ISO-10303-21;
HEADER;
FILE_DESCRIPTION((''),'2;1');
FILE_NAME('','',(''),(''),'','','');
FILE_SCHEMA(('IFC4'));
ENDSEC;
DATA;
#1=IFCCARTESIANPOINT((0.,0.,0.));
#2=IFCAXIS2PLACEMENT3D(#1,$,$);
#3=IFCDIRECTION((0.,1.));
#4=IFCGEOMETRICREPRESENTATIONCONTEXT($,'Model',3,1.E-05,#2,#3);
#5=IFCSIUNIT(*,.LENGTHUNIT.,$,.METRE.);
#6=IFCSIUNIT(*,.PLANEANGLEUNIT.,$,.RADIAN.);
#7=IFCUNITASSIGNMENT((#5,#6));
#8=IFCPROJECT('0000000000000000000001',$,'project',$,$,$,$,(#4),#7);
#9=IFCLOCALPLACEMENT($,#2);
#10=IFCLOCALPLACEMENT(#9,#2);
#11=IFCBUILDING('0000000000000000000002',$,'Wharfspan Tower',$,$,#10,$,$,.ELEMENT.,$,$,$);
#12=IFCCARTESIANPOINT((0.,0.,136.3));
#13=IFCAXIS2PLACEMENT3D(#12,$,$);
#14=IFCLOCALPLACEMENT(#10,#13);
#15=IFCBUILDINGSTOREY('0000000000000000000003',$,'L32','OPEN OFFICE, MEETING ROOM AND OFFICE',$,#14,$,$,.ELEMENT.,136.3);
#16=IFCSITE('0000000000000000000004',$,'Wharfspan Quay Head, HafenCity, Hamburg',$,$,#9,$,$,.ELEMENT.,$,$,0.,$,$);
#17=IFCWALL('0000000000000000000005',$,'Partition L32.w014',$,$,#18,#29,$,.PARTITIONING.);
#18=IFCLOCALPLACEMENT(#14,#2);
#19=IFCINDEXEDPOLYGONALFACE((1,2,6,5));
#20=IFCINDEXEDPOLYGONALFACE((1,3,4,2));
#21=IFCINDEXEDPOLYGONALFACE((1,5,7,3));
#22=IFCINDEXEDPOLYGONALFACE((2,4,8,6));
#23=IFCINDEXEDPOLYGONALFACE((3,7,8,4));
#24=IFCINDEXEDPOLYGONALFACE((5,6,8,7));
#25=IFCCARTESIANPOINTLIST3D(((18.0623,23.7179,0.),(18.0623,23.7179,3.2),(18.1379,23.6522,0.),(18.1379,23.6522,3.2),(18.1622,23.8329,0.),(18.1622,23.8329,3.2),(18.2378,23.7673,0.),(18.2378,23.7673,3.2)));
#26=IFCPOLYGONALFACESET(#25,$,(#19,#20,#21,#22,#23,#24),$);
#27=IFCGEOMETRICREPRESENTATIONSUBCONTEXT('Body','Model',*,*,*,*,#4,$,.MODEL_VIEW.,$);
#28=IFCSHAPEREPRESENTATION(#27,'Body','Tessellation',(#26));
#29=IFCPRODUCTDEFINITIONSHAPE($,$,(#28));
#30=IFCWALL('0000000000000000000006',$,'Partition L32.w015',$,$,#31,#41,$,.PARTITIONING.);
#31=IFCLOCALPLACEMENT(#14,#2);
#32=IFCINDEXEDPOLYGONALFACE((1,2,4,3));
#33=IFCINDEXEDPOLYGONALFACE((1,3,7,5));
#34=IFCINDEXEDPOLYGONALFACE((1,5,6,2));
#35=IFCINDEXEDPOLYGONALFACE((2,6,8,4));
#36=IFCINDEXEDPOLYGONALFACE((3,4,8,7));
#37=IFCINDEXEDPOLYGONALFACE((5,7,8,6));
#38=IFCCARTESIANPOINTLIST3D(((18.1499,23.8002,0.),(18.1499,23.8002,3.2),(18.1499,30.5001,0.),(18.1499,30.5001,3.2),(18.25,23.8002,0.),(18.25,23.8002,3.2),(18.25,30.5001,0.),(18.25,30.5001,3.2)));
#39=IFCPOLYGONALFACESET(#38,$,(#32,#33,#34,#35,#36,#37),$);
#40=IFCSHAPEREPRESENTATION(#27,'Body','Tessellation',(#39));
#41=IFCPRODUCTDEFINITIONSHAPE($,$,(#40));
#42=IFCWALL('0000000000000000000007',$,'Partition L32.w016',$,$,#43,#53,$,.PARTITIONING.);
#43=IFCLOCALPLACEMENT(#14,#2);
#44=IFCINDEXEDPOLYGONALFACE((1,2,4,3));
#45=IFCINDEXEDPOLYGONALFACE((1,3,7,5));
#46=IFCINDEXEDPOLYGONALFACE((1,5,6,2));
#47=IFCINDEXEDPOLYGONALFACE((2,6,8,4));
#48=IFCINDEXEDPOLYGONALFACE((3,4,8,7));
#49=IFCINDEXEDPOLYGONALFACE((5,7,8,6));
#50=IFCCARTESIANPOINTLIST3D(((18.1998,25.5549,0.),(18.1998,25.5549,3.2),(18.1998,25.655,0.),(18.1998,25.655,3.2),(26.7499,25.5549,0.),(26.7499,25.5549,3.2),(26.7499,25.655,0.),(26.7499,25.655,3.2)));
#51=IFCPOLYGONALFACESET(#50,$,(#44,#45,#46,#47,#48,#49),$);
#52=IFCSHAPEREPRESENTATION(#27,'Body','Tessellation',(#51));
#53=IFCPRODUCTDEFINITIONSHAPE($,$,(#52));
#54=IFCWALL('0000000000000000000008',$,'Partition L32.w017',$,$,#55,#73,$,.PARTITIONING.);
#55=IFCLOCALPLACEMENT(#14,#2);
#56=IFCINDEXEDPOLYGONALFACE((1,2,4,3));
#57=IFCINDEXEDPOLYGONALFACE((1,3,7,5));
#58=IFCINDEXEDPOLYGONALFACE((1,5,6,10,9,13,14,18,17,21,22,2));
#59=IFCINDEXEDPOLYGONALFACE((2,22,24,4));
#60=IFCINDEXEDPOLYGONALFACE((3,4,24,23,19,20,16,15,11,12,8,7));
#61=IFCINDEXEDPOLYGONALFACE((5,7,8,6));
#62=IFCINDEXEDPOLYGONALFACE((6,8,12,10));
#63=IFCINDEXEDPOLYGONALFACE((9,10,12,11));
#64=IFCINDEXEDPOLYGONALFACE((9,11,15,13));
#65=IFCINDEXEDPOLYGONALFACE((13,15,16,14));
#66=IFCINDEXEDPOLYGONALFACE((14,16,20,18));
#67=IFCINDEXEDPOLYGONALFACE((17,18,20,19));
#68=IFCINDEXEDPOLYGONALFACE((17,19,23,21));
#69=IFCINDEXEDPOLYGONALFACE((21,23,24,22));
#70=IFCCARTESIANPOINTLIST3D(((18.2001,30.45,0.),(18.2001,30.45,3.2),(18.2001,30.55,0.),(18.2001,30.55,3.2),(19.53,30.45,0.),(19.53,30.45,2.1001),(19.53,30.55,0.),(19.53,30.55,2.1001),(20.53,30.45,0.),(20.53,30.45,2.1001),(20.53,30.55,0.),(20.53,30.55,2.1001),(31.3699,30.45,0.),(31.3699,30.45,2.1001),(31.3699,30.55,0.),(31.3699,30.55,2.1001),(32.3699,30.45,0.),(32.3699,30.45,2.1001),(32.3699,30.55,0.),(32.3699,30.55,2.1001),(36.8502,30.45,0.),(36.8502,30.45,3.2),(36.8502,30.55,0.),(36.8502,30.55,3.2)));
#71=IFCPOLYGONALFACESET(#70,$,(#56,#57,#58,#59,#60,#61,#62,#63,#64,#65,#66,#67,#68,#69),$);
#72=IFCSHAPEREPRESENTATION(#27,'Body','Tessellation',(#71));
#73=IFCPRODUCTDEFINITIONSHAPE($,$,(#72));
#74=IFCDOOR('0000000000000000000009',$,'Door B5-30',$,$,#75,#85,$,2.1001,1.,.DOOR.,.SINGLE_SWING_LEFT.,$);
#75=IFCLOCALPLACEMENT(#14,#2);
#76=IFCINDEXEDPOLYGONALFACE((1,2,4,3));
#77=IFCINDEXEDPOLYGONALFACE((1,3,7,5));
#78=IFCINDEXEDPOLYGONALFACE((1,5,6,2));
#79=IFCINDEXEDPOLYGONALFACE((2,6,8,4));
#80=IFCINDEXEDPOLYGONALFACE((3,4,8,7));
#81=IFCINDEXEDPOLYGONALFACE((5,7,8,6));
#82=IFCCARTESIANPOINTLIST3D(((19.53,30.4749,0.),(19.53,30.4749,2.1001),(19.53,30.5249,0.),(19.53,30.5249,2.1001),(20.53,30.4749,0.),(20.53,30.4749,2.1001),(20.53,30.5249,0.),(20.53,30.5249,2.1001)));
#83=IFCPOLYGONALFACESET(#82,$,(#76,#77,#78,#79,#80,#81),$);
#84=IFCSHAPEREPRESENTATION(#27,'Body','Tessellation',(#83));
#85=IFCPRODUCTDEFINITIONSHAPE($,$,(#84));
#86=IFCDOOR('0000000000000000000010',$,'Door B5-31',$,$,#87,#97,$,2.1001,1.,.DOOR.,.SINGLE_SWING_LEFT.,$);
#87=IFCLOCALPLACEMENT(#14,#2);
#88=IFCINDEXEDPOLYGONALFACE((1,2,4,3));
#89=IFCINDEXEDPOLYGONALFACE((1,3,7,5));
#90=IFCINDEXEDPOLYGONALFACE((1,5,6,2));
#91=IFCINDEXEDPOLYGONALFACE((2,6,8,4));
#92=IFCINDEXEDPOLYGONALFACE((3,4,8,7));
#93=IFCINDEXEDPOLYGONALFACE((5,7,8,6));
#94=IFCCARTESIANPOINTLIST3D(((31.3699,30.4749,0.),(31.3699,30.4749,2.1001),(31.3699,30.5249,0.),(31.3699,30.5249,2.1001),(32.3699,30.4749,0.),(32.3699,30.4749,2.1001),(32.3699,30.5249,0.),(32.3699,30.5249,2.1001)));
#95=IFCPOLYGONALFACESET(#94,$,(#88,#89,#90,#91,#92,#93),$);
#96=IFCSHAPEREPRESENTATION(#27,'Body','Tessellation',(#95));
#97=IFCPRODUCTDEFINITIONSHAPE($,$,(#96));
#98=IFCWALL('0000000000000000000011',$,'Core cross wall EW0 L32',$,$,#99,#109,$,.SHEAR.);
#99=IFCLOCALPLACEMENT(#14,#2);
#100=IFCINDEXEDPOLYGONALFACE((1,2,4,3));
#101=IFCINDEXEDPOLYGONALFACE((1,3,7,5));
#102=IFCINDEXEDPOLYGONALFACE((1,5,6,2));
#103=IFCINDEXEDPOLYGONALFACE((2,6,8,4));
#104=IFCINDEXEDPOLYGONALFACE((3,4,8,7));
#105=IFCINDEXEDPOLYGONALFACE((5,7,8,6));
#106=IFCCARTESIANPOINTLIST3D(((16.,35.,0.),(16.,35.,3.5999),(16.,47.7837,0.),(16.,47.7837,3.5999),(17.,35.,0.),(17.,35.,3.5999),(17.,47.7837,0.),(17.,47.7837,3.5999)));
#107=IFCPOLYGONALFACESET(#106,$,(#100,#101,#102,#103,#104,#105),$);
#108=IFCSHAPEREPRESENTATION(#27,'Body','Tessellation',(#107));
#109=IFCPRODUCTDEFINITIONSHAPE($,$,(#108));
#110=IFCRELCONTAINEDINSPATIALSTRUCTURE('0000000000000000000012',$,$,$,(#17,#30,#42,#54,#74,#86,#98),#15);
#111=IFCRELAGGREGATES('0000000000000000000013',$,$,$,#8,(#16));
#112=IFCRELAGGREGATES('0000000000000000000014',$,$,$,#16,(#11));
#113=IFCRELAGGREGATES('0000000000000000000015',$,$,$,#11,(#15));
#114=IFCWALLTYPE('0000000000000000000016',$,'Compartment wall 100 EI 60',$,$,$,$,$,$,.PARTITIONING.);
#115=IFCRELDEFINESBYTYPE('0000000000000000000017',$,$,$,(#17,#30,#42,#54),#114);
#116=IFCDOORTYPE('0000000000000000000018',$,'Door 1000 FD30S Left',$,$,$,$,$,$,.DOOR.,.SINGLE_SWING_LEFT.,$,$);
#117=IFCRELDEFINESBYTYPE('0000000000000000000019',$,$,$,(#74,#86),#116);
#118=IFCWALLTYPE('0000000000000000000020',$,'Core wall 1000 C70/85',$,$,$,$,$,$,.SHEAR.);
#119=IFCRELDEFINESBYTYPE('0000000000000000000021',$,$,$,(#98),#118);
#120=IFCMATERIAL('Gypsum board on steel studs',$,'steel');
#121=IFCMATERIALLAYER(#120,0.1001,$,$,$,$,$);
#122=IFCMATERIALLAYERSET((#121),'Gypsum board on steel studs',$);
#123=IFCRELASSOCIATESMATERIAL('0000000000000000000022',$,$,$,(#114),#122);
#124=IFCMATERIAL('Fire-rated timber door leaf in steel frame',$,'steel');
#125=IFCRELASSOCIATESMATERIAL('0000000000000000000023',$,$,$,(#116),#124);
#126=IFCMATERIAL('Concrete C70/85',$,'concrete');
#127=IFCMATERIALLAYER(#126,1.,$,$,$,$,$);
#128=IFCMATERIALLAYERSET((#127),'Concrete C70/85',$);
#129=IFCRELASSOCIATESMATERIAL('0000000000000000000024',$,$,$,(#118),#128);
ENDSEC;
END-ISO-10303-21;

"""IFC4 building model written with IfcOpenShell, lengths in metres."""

from ifc_helpers import new_model, si_unit, direction, frame, frame_2d, origin, place, context, subcontext, project, spatial, rectangle, extrude, material, layer, layer_set, type_object, element, fill, save


model = new_model("IFC4")

# Units and contexts
model_context = context("Model", 3, precision=1e-05, world=origin(), true_north=direction((0.0, 1.0)))
body_context = subcontext(model_context, "Body", "Model", "MODEL_VIEW")
ifc_project = project(units=[si_unit("LENGTHUNIT", "METRE"), si_unit("PLANEANGLEUNIT", "RADIAN")], contexts=[model_context])

# Site, building, storey
site_placement = place(None, origin())
site = spatial("IfcSite", under=ifc_project, at=site_placement, Name="Wharfspan Quay Head, HafenCity, Hamburg", CompositionType="ELEMENT", RefElevation=0.0)
building_placement = place(site_placement, origin())
building = spatial("IfcBuilding", under=site, at=building_placement, Name="Wharfspan Tower", CompositionType="ELEMENT")
storey_placement = place(building_placement, frame((0.0, 0.0, 136.3)))
storey = spatial("IfcBuildingStorey", under=building, at=storey_placement, Name="L32", Description="OPEN OFFICE, MEETING ROOM AND OFFICE", CompositionType="ELEMENT", Elevation=136.3)

# Walls
ifc_material_1 = material(Name="Gypsum board on steel studs", Category="steel")
ifc_layer_1 = layer(ifc_material_1, 0.1001)
ifc_layer_set_1 = layer_set([ifc_layer_1], Name="Gypsum board on steel studs")
wall_type_1 = type_object("IfcWallType", Name="Compartment wall 100 EI 60", PredefinedType="PARTITIONING", material=ifc_layer_set_1)
wall_1_placement = place(storey_placement, frame((18.1001, 23.6851, 0.0), z_axis=(0.0, 0.0, 1.0), x_axis=(0.65566, 0.755051, 0.0)))
element("IfcWall", 1, at=wall_1_placement, inside=storey, type_object=wall_type_1, Name="Partition L32.w014", PredefinedType="PARTITIONING", context=body_context, shape_type="SweptSolid", body=[
    extrude(rectangle(XDim=0.1523, YDim=0.1001, at=frame_2d((0.0762, 0.0))), origin(), (0.0, 0.0, 1.0), 3.2),
])
wall_2_placement = place(storey_placement, frame((18.2, 23.8, 0.0), z_axis=(0.0, 0.0, 1.0), x_axis=(0.0, 1.0, 0.0)))
element("IfcWall", 2, at=wall_2_placement, inside=storey, type_object=wall_type_1, Name="Partition L32.w015", PredefinedType="PARTITIONING", context=body_context, shape_type="SweptSolid", body=[
    extrude(rectangle(XDim=6.7, YDim=0.1001, at=frame_2d((3.3501, 0.0))), origin(), (0.0, 0.0, 1.0), 3.2),
])
wall_3_placement = place(storey_placement, frame((18.2, 25.605, 0.0), z_axis=(0.0, 0.0, 1.0), x_axis=(1.0, 0.0, 0.0)))
element("IfcWall", 3, at=wall_3_placement, inside=storey, type_object=wall_type_1, Name="Partition L32.w016", PredefinedType="PARTITIONING", context=body_context, shape_type="SweptSolid", body=[
    extrude(rectangle(XDim=8.55, YDim=0.1001, at=frame_2d((4.2749, 0.0))), origin(), (0.0, 0.0, 1.0), 3.2),
])

# Wall, openings, doors
wall_4_placement = place(storey_placement, frame((18.2, 30.5, 0.0), z_axis=(0.0, 0.0, 1.0), x_axis=(1.0, 0.0, 0.0)))
wall_4 = element("IfcWall", 4, at=wall_4_placement, inside=storey, type_object=wall_type_1, Name="Partition L32.w017", PredefinedType="PARTITIONING", context=body_context, shape_type="SweptSolid", body=[
    extrude(rectangle(XDim=18.6501, YDim=0.1001, at=frame_2d((9.3252, 0.0))), origin(), (0.0, 0.0, 1.0), 3.2),
])
opening_1_placement = place(wall_4_placement, frame((1.3301, 0.0, 0.0)))
opening_1 = element("IfcOpeningElement", 5, at=opening_1_placement, cuts=wall_4, PredefinedType="OPENING", context=body_context, shape_type="SweptSolid", body=[
    extrude(rectangle(XDim=1.0, YDim=2.1001, at=frame_2d((0.5, 1.05))), frame((0.0, 0.0601, 0.0), z_axis=(0.0, -1.0, 0.0), x_axis=(1.0, 0.0, 0.0)), (0.0, 0.0, 1.0), 0.1201),
])
opening_2_placement = place(wall_4_placement, frame((13.1699, 0.0, 0.0)))
opening_2 = element("IfcOpeningElement", 6, at=opening_2_placement, cuts=wall_4, PredefinedType="OPENING", context=body_context, shape_type="SweptSolid", body=[
    extrude(rectangle(XDim=1.0, YDim=2.1001, at=frame_2d((0.5, 1.05))), frame((0.0, 0.0601, 0.0), z_axis=(0.0, -1.0, 0.0), x_axis=(1.0, 0.0, 0.0)), (0.0, 0.0, 1.0), 0.1201),
])
ifc_material_2 = material(Name="Fire-rated timber door leaf in steel frame", Category="steel")
door_type_1 = type_object("IfcDoorType", Name="Door 1000 FD30S Left", OperationType="SINGLE_SWING_LEFT", PredefinedType="DOOR", material=ifc_material_2)
door_1_placement = place(opening_1_placement, origin())
door_1 = element("IfcDoor", 7, at=door_1_placement, inside=storey, type_object=door_type_1, Name="Door B5-30", OperationType="SINGLE_SWING_LEFT", OverallHeight=2.1001, OverallWidth=1.0, PredefinedType="DOOR", context=body_context, shape_type="SweptSolid", body=[
    extrude(rectangle(XDim=1.0, YDim=2.1001, at=frame_2d((0.5, 1.05))), frame((0.0, 0.0249, 0.0), z_axis=(0.0, -1.0, 0.0), x_axis=(1.0, 0.0, 0.0)), (0.0, 0.0, 1.0), 0.05),
])
fill(opening_1, door_1)
door_2_placement = place(opening_2_placement, origin())
door_2 = element("IfcDoor", 8, at=door_2_placement, inside=storey, type_object=door_type_1, Name="Door B5-31", OperationType="SINGLE_SWING_LEFT", OverallHeight=2.1001, OverallWidth=1.0, PredefinedType="DOOR", context=body_context, shape_type="SweptSolid", body=[
    extrude(rectangle(XDim=1.0, YDim=2.1001, at=frame_2d((0.5, 1.05))), frame((0.0, 0.0249, 0.0), z_axis=(0.0, -1.0, 0.0), x_axis=(1.0, 0.0, 0.0)), (0.0, 0.0, 1.0), 0.05),
])
fill(opening_2, door_2)
ifc_material_3 = material(Name="Concrete C70/85", Category="concrete")
ifc_layer_2 = layer(ifc_material_3, 1.0)
ifc_layer_set_2 = layer_set([ifc_layer_2], Name="Concrete C70/85")
wall_type_2 = type_object("IfcWallType", Name="Core wall 1000 C70/85", PredefinedType="SHEAR", material=ifc_layer_set_2)

# Wall
wall_5_placement = place(storey_placement, frame((16.5, 35.0, 0.0), z_axis=(0.0, 0.0, 1.0), x_axis=(0.0, 1.0, 0.0)))
element("IfcWall", 9, at=wall_5_placement, inside=storey, type_object=wall_type_2, Name="Core cross wall EW0 L32", PredefinedType="SHEAR", context=body_context, shape_type="SweptSolid", body=[
    extrude(rectangle(XDim=12.7837, YDim=1.0, at=frame_2d((6.3918, 0.0))), origin(), (0.0, 0.0, 1.0), 3.5999),
])

save(model, "model.ifc")
